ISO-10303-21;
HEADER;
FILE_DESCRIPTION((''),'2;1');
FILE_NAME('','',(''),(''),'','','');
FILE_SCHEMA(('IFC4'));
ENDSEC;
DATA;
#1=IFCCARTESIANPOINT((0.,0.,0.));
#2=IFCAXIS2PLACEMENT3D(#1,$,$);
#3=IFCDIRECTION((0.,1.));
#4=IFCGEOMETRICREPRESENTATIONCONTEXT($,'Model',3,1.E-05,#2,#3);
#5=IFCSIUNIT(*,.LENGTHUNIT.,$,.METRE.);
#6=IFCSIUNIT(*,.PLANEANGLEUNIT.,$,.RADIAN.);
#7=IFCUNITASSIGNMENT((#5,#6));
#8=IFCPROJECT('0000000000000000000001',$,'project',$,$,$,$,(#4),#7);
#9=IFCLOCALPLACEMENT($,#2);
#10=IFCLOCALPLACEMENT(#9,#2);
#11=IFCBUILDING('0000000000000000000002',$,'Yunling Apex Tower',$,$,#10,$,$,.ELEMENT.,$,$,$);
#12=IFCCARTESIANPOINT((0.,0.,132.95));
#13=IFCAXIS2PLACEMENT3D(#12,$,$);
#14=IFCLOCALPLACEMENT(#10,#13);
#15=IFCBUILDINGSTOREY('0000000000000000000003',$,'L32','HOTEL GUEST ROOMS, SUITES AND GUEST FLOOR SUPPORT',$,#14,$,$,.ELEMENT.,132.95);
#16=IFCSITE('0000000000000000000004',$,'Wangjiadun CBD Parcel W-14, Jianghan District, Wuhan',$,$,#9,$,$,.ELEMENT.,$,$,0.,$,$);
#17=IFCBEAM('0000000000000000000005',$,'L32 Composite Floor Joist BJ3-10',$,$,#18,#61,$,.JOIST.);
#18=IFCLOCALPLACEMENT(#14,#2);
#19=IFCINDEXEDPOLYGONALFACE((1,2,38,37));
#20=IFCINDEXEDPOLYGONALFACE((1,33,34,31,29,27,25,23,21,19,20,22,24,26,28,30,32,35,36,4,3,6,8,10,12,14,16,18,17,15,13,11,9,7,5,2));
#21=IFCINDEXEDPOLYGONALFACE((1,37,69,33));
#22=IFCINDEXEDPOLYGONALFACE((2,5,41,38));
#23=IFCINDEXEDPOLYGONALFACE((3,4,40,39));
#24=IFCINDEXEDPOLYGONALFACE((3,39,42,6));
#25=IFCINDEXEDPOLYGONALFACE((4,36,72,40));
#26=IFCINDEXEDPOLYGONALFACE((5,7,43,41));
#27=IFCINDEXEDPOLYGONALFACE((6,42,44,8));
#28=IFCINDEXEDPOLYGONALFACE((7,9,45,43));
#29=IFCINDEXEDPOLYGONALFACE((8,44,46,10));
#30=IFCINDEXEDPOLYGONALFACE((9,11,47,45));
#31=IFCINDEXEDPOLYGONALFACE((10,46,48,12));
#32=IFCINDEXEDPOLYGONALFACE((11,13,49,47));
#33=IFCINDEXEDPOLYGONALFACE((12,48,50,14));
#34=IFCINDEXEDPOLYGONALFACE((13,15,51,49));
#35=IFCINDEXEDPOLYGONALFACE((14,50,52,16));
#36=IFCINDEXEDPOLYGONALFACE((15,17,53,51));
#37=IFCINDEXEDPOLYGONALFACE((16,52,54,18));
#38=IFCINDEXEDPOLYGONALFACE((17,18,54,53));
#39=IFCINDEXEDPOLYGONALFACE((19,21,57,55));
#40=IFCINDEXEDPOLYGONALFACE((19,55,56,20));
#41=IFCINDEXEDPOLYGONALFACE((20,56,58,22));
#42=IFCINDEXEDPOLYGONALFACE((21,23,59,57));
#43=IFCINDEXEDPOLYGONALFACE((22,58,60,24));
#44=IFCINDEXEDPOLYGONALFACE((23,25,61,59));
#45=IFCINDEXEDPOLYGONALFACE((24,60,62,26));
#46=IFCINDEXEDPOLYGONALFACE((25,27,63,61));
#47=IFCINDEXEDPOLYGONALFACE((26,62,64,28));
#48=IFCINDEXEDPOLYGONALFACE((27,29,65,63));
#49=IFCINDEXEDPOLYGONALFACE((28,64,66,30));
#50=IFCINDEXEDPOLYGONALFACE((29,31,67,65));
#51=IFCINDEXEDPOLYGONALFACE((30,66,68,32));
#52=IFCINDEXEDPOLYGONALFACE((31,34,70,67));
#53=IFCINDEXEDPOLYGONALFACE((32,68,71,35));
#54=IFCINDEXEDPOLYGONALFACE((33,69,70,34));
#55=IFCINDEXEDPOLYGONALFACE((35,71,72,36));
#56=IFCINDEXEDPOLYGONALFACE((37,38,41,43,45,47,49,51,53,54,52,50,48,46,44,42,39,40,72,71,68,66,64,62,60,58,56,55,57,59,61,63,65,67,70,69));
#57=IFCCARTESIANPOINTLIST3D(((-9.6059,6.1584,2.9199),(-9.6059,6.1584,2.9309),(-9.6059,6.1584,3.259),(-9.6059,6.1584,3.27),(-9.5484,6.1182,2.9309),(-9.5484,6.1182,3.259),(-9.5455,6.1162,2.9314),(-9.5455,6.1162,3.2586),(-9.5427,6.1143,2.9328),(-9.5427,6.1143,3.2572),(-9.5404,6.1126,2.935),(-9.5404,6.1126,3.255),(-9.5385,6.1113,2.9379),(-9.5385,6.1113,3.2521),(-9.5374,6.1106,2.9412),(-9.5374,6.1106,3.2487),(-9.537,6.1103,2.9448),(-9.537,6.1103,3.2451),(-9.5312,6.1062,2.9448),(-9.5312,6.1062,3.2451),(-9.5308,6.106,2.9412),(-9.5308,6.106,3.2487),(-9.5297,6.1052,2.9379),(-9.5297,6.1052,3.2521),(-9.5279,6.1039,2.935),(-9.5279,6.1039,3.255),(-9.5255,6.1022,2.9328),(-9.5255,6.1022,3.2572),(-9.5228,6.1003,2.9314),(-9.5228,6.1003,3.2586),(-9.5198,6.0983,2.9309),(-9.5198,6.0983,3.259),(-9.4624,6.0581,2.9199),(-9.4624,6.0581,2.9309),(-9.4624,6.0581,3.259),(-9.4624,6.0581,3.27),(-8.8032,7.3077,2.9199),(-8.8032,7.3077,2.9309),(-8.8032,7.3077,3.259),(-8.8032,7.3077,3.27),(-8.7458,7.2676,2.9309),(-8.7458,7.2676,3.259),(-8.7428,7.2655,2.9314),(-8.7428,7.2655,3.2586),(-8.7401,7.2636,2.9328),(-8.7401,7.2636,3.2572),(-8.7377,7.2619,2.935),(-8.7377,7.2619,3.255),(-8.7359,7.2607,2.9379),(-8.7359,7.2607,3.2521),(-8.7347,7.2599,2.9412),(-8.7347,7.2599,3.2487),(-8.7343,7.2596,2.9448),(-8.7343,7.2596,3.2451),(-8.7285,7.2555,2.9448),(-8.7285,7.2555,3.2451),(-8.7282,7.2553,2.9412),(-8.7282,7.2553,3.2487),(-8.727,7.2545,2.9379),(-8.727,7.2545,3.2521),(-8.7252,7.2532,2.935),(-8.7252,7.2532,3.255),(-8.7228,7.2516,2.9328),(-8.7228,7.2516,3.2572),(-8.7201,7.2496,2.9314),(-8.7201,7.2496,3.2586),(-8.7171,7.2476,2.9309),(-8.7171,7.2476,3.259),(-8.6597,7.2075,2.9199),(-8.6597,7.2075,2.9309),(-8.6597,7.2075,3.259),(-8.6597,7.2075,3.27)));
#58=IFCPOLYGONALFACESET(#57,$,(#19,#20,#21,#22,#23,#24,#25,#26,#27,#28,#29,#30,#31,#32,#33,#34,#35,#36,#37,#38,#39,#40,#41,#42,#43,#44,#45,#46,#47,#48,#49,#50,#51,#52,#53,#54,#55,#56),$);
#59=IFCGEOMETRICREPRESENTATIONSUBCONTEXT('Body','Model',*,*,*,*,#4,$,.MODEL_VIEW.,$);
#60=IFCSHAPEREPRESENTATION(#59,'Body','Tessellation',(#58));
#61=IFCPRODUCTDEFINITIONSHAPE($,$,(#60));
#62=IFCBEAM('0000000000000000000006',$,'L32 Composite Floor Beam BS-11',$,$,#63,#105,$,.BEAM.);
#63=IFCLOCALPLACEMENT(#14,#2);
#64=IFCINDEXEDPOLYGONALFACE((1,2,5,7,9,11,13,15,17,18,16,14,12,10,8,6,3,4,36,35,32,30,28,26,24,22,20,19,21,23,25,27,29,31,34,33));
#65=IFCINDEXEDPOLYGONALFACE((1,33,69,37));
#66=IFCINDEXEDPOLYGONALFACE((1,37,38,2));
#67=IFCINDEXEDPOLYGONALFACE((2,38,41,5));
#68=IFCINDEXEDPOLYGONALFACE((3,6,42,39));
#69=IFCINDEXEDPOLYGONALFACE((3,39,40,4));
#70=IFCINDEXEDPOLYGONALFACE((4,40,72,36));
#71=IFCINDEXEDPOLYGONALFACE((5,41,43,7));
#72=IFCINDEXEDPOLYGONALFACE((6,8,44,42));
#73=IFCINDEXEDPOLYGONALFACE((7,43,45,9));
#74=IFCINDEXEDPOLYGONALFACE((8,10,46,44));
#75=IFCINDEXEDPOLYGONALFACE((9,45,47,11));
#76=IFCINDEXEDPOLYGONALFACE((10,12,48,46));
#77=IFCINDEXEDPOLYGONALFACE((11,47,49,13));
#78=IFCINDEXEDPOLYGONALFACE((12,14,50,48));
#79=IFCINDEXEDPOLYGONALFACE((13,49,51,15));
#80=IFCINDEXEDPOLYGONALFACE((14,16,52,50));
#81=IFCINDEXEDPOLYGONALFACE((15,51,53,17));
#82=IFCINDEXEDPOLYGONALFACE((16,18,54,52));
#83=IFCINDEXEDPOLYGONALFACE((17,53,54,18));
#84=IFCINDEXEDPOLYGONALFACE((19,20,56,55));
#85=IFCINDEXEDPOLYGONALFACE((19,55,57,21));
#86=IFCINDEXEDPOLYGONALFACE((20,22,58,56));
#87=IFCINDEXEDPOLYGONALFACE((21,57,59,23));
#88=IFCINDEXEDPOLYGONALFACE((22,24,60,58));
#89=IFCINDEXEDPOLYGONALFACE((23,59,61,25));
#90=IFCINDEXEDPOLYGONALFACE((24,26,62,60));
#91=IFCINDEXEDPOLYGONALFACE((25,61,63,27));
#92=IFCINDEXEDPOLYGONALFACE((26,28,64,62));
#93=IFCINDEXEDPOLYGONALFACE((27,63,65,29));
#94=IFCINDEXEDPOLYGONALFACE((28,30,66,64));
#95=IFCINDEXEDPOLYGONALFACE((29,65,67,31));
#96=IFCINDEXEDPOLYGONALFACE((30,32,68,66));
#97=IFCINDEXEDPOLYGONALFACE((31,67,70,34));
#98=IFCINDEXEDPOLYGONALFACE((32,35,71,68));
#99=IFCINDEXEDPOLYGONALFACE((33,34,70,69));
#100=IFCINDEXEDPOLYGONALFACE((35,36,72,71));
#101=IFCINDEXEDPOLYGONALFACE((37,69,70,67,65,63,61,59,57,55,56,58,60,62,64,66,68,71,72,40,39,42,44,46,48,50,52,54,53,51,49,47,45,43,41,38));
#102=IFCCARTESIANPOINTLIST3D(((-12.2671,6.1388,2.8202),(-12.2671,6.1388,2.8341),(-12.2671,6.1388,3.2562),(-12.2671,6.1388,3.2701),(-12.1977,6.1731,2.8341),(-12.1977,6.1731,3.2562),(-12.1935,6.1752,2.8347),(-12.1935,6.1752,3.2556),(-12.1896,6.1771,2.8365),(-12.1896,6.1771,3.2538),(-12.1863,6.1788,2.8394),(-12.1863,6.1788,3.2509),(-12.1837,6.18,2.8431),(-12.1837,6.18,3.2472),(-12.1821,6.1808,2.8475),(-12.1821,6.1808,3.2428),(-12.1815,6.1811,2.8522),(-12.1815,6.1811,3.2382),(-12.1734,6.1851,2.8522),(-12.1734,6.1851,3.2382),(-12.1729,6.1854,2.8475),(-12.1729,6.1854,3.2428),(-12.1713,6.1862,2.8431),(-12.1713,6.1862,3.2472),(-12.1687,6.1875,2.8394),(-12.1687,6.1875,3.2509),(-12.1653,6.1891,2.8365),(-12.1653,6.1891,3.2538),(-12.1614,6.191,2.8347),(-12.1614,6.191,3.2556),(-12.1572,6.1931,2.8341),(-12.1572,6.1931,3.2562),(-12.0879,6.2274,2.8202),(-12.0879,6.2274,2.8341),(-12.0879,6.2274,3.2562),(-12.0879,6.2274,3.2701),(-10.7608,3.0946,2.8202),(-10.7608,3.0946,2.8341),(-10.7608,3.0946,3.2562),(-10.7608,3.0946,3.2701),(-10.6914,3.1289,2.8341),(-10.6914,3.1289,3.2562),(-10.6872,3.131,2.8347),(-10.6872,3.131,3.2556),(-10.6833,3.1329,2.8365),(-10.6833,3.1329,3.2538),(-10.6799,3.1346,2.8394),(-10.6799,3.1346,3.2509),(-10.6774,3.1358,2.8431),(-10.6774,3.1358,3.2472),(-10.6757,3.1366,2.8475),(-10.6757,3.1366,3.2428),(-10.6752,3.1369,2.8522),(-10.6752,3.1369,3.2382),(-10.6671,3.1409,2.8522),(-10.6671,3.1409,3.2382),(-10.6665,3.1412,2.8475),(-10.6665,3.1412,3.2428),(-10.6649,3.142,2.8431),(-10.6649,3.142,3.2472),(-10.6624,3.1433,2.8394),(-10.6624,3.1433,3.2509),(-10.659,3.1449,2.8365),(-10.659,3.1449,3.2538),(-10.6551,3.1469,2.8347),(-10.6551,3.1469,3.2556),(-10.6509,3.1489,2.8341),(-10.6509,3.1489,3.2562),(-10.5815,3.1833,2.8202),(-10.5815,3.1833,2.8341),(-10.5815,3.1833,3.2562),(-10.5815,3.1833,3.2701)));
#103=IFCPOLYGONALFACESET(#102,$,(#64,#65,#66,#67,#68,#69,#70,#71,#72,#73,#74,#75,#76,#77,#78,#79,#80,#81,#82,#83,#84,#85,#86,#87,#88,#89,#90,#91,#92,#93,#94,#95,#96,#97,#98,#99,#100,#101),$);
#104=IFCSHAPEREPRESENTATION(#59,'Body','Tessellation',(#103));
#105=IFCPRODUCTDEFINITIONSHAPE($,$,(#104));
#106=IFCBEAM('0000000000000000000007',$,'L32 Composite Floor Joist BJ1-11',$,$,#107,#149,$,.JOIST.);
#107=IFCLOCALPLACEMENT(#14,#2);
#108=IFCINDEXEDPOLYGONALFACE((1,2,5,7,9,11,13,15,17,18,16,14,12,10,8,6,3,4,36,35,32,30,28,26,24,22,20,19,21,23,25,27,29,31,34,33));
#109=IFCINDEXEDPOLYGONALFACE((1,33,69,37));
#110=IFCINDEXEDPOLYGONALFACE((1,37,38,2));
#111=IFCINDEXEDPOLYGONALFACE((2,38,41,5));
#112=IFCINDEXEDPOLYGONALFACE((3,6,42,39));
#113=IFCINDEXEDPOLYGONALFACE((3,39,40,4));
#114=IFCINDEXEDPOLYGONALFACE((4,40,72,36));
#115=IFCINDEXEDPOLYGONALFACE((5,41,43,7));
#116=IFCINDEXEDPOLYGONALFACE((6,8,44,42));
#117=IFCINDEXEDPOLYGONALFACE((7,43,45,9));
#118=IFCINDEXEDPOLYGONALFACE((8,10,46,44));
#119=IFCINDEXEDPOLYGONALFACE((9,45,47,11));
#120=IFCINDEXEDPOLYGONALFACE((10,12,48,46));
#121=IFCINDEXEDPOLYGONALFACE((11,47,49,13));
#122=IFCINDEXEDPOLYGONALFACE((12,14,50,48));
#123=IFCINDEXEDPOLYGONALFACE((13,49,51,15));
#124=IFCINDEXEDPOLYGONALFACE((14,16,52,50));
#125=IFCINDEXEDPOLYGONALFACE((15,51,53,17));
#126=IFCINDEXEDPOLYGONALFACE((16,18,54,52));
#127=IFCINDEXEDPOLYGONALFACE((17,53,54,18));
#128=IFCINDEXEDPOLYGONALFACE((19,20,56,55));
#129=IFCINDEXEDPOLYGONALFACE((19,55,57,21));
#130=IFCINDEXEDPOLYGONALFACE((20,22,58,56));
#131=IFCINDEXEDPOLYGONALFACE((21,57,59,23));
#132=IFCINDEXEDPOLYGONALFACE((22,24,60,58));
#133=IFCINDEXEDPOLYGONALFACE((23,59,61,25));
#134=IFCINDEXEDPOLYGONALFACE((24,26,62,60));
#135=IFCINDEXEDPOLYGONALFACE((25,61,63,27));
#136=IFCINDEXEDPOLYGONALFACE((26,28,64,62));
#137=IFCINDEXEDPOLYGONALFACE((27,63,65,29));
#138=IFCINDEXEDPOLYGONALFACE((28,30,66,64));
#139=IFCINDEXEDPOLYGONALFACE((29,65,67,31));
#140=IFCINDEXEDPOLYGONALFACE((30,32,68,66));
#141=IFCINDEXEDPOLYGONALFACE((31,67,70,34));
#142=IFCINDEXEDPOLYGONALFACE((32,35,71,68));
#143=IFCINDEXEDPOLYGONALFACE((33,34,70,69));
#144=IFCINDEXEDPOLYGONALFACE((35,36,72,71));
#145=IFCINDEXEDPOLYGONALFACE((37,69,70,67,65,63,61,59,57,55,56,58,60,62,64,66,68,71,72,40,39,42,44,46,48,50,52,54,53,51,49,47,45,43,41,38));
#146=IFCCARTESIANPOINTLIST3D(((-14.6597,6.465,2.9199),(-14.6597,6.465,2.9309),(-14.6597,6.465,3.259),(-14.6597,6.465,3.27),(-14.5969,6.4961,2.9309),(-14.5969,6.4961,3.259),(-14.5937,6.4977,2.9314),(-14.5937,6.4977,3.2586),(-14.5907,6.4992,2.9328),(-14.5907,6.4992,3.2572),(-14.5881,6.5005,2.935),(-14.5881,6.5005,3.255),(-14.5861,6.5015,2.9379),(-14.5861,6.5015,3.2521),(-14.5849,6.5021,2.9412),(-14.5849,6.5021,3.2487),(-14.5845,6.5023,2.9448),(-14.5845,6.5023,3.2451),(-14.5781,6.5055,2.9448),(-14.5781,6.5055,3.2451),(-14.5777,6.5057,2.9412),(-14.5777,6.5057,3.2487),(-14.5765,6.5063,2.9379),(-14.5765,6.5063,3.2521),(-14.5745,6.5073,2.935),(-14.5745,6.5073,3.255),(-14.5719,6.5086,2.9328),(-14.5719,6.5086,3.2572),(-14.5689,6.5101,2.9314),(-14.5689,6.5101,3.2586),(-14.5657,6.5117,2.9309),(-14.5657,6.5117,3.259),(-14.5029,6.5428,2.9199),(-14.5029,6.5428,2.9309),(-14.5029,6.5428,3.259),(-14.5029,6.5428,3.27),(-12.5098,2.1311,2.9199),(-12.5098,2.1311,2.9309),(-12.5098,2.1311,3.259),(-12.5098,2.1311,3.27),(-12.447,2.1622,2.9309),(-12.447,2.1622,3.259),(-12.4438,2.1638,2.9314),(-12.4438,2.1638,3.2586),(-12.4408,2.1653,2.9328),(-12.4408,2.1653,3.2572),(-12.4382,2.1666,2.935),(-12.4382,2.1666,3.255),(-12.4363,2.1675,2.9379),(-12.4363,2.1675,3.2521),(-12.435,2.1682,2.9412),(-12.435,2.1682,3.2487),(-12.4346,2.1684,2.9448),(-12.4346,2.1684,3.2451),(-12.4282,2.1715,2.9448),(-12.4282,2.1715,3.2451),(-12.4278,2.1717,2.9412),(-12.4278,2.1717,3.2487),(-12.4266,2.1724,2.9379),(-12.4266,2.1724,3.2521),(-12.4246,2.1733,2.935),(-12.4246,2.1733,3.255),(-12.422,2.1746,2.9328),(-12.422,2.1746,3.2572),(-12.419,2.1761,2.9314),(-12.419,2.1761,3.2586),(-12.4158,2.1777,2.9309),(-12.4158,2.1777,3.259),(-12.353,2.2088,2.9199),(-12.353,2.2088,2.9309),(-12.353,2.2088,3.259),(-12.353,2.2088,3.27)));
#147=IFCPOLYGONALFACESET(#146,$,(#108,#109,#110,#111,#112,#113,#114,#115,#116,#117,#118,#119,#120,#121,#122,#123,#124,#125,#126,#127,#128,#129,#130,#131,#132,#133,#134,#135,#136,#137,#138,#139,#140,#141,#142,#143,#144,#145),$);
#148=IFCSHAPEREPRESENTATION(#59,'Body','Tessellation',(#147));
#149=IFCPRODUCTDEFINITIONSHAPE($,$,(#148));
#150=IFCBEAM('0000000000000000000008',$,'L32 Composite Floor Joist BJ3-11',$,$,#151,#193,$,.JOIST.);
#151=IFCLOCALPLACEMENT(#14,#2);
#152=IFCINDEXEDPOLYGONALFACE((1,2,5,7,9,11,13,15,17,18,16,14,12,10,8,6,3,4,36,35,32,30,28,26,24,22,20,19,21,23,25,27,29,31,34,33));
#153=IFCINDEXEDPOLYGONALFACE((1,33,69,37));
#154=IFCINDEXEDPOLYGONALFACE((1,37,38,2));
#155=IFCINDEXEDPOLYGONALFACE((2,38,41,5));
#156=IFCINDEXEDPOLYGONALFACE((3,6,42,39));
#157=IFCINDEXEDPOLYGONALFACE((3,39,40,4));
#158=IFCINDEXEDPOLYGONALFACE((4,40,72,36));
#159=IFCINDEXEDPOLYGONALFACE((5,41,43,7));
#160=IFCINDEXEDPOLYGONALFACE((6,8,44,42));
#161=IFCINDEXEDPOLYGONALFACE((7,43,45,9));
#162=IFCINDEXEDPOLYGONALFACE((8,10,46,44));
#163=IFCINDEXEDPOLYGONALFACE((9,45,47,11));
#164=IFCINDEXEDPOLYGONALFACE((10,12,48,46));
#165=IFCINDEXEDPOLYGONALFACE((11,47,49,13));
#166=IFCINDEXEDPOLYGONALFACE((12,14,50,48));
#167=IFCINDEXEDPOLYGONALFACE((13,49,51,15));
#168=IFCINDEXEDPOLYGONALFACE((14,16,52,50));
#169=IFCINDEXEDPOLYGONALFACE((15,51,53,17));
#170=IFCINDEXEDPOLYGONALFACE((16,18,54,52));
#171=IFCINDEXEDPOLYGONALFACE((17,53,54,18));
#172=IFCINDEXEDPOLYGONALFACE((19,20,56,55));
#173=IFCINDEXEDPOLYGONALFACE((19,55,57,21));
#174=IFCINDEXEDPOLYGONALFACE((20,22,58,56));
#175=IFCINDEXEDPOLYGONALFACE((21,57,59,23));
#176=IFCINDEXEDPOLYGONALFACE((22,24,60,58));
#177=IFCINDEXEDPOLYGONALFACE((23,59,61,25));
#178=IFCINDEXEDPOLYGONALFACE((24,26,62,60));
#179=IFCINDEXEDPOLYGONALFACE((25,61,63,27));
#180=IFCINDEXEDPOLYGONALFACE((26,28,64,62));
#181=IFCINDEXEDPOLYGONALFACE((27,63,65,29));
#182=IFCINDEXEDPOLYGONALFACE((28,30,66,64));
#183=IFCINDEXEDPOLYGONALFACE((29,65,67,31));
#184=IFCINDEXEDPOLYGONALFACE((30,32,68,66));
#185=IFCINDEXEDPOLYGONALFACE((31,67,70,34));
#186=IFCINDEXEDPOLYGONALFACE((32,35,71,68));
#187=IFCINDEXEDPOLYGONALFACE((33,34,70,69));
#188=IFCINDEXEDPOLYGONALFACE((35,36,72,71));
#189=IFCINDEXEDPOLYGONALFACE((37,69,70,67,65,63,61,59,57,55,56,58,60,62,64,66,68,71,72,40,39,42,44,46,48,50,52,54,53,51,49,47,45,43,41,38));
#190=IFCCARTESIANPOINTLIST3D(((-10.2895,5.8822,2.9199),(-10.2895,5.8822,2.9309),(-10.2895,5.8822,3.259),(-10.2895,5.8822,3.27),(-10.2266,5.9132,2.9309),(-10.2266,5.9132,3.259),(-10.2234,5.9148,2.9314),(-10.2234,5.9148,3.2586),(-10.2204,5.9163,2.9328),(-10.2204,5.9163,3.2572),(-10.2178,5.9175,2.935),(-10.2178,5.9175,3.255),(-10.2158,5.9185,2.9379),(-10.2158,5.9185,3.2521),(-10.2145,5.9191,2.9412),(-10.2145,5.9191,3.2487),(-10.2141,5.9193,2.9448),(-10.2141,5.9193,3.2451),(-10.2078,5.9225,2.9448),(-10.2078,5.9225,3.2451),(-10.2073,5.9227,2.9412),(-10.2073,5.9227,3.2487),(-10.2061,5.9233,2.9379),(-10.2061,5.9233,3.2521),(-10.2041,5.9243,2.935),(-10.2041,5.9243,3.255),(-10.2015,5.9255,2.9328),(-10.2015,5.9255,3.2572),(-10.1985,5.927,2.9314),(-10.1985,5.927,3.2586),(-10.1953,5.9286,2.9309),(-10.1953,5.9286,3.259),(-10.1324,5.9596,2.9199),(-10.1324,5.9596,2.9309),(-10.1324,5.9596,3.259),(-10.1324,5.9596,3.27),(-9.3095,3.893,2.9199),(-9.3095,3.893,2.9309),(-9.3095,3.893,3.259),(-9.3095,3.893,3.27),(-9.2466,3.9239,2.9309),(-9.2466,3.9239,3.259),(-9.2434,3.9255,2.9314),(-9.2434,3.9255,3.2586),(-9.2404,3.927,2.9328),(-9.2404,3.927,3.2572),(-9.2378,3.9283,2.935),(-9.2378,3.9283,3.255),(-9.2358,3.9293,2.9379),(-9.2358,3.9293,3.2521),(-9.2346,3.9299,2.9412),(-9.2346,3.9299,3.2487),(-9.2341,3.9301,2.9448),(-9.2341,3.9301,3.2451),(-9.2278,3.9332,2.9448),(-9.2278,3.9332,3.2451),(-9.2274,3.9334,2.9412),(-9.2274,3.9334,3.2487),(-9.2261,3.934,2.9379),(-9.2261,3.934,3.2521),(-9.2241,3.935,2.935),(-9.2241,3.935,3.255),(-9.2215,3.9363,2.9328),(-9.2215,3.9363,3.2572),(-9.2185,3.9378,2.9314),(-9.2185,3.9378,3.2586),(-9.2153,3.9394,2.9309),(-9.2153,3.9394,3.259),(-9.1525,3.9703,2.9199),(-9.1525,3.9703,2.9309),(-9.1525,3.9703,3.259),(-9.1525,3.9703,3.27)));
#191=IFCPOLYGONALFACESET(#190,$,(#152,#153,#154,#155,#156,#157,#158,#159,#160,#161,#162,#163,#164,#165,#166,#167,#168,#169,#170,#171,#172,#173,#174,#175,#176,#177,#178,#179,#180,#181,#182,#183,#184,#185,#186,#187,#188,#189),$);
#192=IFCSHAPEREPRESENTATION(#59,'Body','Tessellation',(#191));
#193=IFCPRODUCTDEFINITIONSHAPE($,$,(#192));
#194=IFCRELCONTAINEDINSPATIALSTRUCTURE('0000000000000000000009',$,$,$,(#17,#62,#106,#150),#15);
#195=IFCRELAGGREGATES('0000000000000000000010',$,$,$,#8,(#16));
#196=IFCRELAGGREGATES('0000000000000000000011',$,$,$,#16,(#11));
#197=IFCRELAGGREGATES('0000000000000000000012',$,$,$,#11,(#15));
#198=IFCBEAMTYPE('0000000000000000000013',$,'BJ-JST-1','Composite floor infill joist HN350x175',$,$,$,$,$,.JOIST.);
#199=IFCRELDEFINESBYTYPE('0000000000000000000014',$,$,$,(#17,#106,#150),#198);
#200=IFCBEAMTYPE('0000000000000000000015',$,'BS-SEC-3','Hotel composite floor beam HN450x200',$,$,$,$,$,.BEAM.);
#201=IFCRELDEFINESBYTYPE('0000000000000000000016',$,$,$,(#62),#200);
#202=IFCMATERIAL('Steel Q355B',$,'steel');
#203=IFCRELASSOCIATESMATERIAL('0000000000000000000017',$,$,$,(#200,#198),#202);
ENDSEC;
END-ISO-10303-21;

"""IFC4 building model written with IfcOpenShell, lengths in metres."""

from ifc_helpers import new_model, si_unit, direction, frame, origin, origin_2d, place, context, subcontext, project, spatial, i_section, extrude, source, transform, mapped, material, material_profile, profile_set, type_object, element, save


model = new_model("IFC4")

# Units and contexts
model_context = context("Model", 3, precision=1e-05, world=origin(), true_north=direction((0.0, 1.0)))
body_context = subcontext(model_context, "Body", "Model", "MODEL_VIEW")
ifc_project = project(units=[si_unit("LENGTHUNIT", "METRE"), si_unit("PLANEANGLEUNIT", "RADIAN")], contexts=[model_context])

# Site, building, storey
site_placement = place(None, origin())
site = spatial("IfcSite", under=ifc_project, at=site_placement, Name="Wangjiadun CBD Parcel W-14, Jianghan District, Wuhan", CompositionType="ELEMENT", RefElevation=0.0)
building_placement = place(site_placement, origin())
building = spatial("IfcBuilding", under=site, at=building_placement, Name="Yunling Apex Tower", CompositionType="ELEMENT")
storey_placement = place(building_placement, frame((0.0, 0.0, 132.95)))
storey = spatial("IfcBuildingStorey", under=building, at=storey_placement, Name="L32", Description="HOTEL GUEST ROOMS, SUITES AND GUEST FLOOR SUPPORT", CompositionType="ELEMENT", Elevation=132.95)

# Beams
ifc_material_1 = material(Name="Steel Q355B", Category="steel")
ifc_material_profile_1 = material_profile(ifc_material_1, i_section(OverallWidth=0.2, OverallDepth=0.45, WebThickness=0.009, FlangeThickness=0.0139, FilletRadius=0.0181, at=origin_2d()))
ifc_profile_set_1 = profile_set([ifc_material_profile_1], Name="Steel Q355B")
beam_type_1 = type_object("IfcBeamType", Name="BS-SEC-3", Description="Hotel composite floor beam HN450x200", PredefinedType="BEAM", material=ifc_profile_set_1)
ifc_material_profile_2 = material_profile(ifc_material_1, i_section(OverallWidth=0.175, OverallDepth=0.3501, WebThickness=0.0071, FlangeThickness=0.011, FilletRadius=0.0139, at=origin_2d()))
ifc_profile_set_2 = profile_set([ifc_material_profile_2], Name="Steel Q355B")
beam_type_2 = type_object("IfcBeamType", Name="BJ-JST-1", Description="Composite floor infill joist HN350x175", PredefinedType="JOIST", material=ifc_profile_set_2)
shared_shape_1 = source(origin(), body_context, "Body", "SweptSolid", [
    extrude(i_section(OverallWidth=0.175, OverallDepth=0.3501, WebThickness=0.0071, FlangeThickness=0.011, FilletRadius=0.0139, at=origin_2d()), origin(), (0.0, 0.0, 1.0), 1.4019),
])
beam_1_placement = place(storey_placement, frame((-8.7314, 7.2576, 3.095), z_axis=(-0.572574, -0.819853, 0.0), x_axis=(0.819853, -0.572574, 0.0)))
element("IfcBeam", 1, at=beam_1_placement, inside=storey, type_object=beam_type_2, Name="L32 Composite Floor Joist BJ3-10", PredefinedType="JOIST", context=body_context, shape_type="MappedRepresentation", body=[
    mapped(shared_shape_1, transform((0.0, 0.0, 0.0), scale=1.0)),
])
shared_shape_2 = source(origin(), body_context, "Body", "SweptSolid", [
    extrude(i_section(OverallWidth=0.2, OverallDepth=0.45, WebThickness=0.009, FlangeThickness=0.0139, FilletRadius=0.0181, at=origin_2d()), origin(), (0.0, 0.0, 1.0), 3.3965),
])
beam_2_placement = place(storey_placement, frame((-12.1775, 6.1831, 3.0452), z_axis=(0.443501, -0.896274, 0.0), x_axis=(0.896274, 0.443501, 0.0)))
element("IfcBeam", 2, at=beam_2_placement, inside=storey, type_object=beam_type_1, Name="L32 Composite Floor Beam BS-11", PredefinedType="BEAM", context=body_context, shape_type="MappedRepresentation", body=[
    mapped(shared_shape_2, transform((0.0, 0.0, 0.0), scale=1.0)),
])
shared_shape_3 = source(origin(), body_context, "Body", "SweptSolid", [
    extrude(i_section(OverallWidth=0.175, OverallDepth=0.3501, WebThickness=0.0071, FlangeThickness=0.011, FilletRadius=0.0139, at=origin_2d()), origin(), (0.0, 0.0, 1.0), 4.8379),
])
beam_3_placement = place(storey_placement, frame((-14.5813, 6.5039, 3.095), z_axis=(0.444385, -0.895836, 0.0), x_axis=(0.895836, 0.444385, 0.0)))
element("IfcBeam", 3, at=beam_3_placement, inside=storey, type_object=beam_type_2, Name="L32 Composite Floor Joist BJ1-11", PredefinedType="JOIST", context=body_context, shape_type="MappedRepresentation", body=[
    mapped(shared_shape_3, transform((0.0, 0.0, 0.0), scale=1.0)),
])
shared_shape_4 = source(origin(), body_context, "Body", "SweptSolid", [
    extrude(i_section(OverallWidth=0.175, OverallDepth=0.3501, WebThickness=0.0071, FlangeThickness=0.011, FilletRadius=0.0139, at=origin_2d()), origin(), (0.0, 0.0, 1.0), 2.2175),
])
beam_4_placement = place(storey_placement, frame((-10.2109, 5.9209, 3.095), z_axis=(0.441921, -0.897054, 0.0), x_axis=(0.897054, 0.441921, 0.0)))
element("IfcBeam", 4, at=beam_4_placement, inside=storey, type_object=beam_type_2, Name="L32 Composite Floor Joist BJ3-11", PredefinedType="JOIST", context=body_context, shape_type="MappedRepresentation", body=[
    mapped(shared_shape_4, transform((0.0, 0.0, 0.0), scale=1.0)),
])

save(model, "model.ifc")
